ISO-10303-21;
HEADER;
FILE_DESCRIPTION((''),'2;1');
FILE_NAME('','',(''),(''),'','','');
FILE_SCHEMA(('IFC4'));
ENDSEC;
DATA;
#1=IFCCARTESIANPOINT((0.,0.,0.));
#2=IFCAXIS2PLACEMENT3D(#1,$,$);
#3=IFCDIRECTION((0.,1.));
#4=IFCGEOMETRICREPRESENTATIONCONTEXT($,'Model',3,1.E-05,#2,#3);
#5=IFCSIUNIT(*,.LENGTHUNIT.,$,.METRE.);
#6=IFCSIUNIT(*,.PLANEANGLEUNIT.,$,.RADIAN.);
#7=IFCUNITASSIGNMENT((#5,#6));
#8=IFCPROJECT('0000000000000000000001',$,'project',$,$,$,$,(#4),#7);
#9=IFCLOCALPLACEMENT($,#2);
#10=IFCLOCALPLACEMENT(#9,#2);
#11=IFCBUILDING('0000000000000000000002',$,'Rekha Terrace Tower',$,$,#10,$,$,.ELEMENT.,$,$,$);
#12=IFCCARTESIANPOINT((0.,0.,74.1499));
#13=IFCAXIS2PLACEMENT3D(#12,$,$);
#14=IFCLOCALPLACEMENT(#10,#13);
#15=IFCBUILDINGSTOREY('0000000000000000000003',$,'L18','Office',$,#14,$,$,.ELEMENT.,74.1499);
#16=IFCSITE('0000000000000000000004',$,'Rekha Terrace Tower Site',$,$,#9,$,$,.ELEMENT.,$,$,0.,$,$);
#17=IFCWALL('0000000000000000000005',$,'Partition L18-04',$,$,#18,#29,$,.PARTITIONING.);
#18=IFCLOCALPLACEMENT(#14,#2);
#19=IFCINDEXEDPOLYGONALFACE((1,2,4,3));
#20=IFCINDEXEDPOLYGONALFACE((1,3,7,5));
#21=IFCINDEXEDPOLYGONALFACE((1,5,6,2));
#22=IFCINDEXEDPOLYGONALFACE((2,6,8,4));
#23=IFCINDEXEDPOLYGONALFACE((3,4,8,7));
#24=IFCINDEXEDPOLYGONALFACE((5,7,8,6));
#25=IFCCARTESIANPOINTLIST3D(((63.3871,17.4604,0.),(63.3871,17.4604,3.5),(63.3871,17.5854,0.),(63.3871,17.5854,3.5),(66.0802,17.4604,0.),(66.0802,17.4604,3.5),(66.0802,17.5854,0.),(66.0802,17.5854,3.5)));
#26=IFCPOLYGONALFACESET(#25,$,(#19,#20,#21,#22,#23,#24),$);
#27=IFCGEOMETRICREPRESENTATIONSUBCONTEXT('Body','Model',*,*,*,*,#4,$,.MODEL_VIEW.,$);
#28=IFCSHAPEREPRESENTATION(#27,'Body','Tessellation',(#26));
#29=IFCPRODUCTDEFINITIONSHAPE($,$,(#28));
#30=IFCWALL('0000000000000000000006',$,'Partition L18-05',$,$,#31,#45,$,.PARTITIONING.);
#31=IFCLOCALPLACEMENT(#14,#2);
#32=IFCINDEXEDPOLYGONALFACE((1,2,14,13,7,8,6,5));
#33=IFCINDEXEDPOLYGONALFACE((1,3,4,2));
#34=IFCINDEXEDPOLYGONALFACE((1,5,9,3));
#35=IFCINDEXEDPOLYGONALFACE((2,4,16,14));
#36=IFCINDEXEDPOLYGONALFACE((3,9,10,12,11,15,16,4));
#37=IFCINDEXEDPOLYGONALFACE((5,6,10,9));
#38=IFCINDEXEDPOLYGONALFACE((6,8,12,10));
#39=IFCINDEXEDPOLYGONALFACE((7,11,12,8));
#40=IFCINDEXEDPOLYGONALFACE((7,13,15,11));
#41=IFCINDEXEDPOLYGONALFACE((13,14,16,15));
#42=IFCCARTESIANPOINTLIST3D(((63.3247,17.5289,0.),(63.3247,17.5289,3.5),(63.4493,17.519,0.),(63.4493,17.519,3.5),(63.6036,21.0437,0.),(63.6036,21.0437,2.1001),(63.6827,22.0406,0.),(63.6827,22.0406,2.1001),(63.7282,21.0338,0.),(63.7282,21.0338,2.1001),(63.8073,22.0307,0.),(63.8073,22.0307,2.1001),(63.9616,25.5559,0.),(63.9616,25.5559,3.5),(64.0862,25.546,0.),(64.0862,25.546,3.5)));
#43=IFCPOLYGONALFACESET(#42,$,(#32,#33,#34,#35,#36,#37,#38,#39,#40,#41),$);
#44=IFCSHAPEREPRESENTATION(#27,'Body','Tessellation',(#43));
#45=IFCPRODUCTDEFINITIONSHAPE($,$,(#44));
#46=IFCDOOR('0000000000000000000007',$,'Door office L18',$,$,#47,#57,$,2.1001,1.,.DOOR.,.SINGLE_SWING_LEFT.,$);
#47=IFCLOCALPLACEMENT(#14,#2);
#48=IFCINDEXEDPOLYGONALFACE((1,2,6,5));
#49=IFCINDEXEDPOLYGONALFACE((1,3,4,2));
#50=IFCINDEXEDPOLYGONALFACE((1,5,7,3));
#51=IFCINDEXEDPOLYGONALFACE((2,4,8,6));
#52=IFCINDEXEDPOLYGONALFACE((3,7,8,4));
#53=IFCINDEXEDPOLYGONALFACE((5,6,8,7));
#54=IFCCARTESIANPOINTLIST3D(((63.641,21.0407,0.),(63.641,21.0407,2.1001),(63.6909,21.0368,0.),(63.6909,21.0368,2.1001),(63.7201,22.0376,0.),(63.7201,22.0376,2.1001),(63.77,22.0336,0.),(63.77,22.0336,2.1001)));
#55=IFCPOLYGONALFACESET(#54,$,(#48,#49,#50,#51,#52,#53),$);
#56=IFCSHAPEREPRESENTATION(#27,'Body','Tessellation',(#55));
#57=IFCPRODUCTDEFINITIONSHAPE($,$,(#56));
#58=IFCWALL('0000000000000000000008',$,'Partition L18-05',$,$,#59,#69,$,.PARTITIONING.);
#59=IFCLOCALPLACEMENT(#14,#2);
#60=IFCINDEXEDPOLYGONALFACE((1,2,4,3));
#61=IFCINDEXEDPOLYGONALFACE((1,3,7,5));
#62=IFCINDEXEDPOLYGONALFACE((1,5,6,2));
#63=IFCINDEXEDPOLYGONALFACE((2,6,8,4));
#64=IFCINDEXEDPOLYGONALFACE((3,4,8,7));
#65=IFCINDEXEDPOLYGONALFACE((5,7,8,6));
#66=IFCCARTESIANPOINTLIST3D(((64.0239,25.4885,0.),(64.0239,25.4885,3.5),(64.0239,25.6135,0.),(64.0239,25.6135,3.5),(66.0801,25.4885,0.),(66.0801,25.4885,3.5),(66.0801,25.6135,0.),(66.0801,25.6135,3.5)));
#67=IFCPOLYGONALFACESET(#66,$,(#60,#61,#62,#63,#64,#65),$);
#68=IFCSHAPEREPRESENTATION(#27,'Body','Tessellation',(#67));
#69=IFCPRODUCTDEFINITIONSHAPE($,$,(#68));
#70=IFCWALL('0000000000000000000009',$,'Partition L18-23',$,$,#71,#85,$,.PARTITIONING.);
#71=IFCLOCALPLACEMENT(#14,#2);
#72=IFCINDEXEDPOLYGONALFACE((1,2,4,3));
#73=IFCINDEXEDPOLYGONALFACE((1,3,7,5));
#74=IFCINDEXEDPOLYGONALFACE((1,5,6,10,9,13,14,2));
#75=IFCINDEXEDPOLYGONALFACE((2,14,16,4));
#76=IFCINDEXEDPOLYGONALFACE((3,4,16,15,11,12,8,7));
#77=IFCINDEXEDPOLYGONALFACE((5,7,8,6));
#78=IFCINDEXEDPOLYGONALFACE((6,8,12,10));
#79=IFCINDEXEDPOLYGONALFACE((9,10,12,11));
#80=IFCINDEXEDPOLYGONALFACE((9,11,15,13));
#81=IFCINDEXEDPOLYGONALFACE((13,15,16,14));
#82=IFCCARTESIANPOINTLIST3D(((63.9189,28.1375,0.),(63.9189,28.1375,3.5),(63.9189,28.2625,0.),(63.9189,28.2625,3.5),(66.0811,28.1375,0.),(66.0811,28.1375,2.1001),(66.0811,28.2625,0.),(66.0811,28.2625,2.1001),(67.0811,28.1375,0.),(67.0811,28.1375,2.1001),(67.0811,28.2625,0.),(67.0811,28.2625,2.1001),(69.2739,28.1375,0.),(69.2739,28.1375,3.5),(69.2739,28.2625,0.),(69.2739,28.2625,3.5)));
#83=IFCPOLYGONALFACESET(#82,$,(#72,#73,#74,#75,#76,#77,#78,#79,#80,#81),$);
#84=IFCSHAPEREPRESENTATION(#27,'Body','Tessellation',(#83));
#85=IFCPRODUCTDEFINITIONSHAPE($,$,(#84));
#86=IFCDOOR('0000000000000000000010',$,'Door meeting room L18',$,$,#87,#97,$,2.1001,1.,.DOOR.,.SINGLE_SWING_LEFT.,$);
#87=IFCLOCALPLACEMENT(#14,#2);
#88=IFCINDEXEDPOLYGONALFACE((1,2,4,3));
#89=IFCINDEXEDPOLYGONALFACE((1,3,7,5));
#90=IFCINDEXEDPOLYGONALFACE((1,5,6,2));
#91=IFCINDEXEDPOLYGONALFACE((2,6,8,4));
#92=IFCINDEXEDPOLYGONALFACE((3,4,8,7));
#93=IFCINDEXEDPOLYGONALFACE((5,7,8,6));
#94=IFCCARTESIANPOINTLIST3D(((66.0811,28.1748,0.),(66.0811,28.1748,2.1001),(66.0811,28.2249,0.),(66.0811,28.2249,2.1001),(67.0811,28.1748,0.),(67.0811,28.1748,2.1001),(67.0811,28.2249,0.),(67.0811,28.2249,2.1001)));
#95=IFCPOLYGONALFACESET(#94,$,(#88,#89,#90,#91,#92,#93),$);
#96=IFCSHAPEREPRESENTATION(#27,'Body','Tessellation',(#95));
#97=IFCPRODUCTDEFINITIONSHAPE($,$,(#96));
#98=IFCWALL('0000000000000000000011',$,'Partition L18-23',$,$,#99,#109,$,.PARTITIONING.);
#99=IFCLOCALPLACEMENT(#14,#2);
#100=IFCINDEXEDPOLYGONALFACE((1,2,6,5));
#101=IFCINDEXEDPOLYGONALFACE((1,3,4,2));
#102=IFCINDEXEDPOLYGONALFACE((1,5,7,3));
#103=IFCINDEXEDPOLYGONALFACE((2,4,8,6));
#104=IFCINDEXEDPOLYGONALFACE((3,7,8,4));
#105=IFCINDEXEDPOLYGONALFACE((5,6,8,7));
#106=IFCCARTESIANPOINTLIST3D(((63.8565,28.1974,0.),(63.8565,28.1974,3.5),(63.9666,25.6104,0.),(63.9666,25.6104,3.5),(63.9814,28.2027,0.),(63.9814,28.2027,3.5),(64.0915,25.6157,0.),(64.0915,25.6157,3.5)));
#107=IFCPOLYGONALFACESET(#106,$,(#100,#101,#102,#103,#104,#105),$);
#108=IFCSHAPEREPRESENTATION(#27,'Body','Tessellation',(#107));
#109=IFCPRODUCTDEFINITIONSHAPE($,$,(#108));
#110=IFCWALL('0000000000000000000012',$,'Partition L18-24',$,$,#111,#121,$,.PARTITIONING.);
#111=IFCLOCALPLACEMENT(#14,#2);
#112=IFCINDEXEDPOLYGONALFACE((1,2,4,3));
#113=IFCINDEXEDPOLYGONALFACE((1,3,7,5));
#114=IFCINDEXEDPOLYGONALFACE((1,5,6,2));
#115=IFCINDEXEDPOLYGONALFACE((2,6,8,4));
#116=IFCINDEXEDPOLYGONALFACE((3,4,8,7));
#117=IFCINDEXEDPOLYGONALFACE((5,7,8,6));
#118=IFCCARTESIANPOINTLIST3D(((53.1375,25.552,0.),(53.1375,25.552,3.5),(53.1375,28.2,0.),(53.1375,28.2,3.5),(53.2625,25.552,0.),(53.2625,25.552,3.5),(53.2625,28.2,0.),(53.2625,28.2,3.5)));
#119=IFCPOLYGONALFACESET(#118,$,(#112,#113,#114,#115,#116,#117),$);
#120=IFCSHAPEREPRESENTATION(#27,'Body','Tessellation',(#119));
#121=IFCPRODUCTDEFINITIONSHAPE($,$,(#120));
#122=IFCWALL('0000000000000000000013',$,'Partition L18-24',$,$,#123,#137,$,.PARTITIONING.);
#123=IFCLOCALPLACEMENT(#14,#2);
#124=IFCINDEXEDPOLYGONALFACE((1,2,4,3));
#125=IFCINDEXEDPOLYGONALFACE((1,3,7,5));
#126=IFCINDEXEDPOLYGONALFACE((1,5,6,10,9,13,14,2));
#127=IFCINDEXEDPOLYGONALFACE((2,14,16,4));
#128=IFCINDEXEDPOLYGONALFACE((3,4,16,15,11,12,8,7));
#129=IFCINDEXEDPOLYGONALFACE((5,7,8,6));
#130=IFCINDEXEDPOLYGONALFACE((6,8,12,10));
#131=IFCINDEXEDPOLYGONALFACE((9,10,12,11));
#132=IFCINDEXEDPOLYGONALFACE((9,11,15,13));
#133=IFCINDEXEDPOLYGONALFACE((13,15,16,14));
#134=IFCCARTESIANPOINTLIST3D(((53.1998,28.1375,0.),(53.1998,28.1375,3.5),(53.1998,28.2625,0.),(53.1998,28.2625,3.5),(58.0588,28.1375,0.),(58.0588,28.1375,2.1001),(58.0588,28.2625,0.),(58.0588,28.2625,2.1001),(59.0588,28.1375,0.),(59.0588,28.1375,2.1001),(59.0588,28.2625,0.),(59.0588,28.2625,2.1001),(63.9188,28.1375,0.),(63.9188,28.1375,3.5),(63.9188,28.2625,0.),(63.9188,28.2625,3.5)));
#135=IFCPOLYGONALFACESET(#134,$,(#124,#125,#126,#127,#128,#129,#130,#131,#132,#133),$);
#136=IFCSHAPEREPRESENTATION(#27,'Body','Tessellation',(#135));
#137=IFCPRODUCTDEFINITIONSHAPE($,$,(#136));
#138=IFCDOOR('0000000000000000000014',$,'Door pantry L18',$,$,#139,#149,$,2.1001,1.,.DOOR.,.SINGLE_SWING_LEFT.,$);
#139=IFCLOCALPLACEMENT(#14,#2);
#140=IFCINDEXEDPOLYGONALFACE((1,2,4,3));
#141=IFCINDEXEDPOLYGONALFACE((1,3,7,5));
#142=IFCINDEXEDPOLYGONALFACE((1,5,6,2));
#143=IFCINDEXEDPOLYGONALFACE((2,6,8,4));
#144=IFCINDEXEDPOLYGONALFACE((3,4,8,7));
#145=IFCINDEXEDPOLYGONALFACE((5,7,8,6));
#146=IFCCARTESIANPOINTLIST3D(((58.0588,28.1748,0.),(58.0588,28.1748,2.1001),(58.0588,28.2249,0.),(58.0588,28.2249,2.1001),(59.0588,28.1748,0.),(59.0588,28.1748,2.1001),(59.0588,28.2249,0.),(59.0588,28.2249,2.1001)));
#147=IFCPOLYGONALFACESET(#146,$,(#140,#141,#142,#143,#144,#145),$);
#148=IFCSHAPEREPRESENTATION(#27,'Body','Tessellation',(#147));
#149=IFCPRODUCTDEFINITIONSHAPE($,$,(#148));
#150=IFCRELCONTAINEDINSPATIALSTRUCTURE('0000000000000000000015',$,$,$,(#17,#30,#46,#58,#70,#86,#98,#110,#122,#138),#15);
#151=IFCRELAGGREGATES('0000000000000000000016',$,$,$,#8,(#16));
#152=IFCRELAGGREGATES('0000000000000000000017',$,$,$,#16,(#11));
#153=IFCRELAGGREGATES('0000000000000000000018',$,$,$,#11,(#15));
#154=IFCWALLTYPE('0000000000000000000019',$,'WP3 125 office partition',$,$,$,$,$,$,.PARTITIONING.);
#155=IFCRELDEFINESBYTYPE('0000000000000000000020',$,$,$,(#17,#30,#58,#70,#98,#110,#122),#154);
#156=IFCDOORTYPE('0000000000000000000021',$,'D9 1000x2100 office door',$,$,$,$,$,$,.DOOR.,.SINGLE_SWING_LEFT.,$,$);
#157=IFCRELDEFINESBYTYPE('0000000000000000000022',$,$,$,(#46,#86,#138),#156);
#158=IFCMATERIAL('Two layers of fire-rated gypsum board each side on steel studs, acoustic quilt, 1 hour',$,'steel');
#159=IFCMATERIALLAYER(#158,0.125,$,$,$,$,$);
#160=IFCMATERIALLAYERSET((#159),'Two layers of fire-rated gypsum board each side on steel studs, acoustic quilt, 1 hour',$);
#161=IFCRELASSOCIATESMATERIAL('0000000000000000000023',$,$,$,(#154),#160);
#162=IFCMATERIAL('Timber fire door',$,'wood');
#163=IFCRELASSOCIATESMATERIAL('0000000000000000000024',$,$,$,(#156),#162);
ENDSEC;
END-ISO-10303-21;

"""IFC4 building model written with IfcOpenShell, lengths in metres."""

from ifc_helpers import new_model, si_unit, direction, frame, frame_2d, origin, place, context, subcontext, project, spatial, rectangle, extrude, material, layer, layer_set, type_object, element, fill, save


model = new_model("IFC4")

# Units and contexts
model_context = context("Model", 3, precision=1e-05, world=origin(), true_north=direction((0.0, 1.0)))
body_context = subcontext(model_context, "Body", "Model", "MODEL_VIEW")
ifc_project = project(units=[si_unit("LENGTHUNIT", "METRE"), si_unit("PLANEANGLEUNIT", "RADIAN")], contexts=[model_context])

# Site, building, storey
site_placement = place(None, origin())
site = spatial("IfcSite", under=ifc_project, at=site_placement, Name="Rekha Terrace Tower Site", CompositionType="ELEMENT", RefElevation=0.0)
building_placement = place(site_placement, origin())
building = spatial("IfcBuilding", under=site, at=building_placement, Name="Rekha Terrace Tower", CompositionType="ELEMENT")
storey_placement = place(building_placement, frame((0.0, 0.0, 74.1499)))
storey = spatial("IfcBuildingStorey", under=building, at=storey_placement, Name="L18", Description="Office", CompositionType="ELEMENT", Elevation=74.1499)

# Wall
ifc_material_1 = material(Name="Two layers of fire-rated gypsum board each side on steel studs, acoustic quilt, 1 hour", Category="steel")
ifc_layer_1 = layer(ifc_material_1, 0.125)
ifc_layer_set_1 = layer_set([ifc_layer_1], Name="Two layers of fire-rated gypsum board each side on steel studs, acoustic quilt, 1 hour")
wall_type_1 = type_object("IfcWallType", Name="WP3 125 office partition", PredefinedType="PARTITIONING", material=ifc_layer_set_1)
wall_1_placement = place(storey_placement, frame((63.387, 17.5229, 0.0), z_axis=(0.0, 0.0, 1.0), x_axis=(1.0, 0.0, 0.0)))
element("IfcWall", 1, at=wall_1_placement, inside=storey, type_object=wall_type_1, Name="Partition L18-04", PredefinedType="PARTITIONING", context=body_context, shape_type="SweptSolid", body=[
    extrude(rectangle(XDim=2.6931, YDim=0.125, at=frame_2d((1.3467, 0.0))), origin(), (0.0, 0.0, 1.0), 3.5),
])

# Wall, opening, door
wall_2_placement = place(storey_placement, frame((63.387, 17.5239, 0.0), z_axis=(0.0, 0.0, 1.0), x_axis=(0.079103, 0.996866, 0.0)))
wall_2 = element("IfcWall", 2, at=wall_2_placement, inside=storey, type_object=wall_type_1, Name="Partition L18-05", PredefinedType="PARTITIONING", context=body_context, shape_type="SweptSolid", body=[
    extrude(rectangle(XDim=8.0522, YDim=0.125, at=frame_2d((4.0261, 0.0))), origin(), (0.0, 0.0, 1.0), 3.5),
])
opening_1_placement = place(wall_2_placement, frame((3.5259, 0.0, 0.0)))
opening_1 = element("IfcOpeningElement", 3, at=opening_1_placement, cuts=wall_2, PredefinedType="OPENING", context=body_context, shape_type="SweptSolid", body=[
    extrude(rectangle(XDim=1.0, YDim=2.1001, at=frame_2d((0.5, 1.05))), frame((0.0, 0.0725, 0.0), z_axis=(0.0, -1.0, 0.0), x_axis=(1.0, 0.0, 0.0)), (0.0, 0.0, 1.0), 0.145),
])
ifc_material_2 = material(Name="Timber fire door", Category="wood")
door_type_1 = type_object("IfcDoorType", Name="D9 1000x2100 office door", OperationType="SINGLE_SWING_LEFT", PredefinedType="DOOR", material=ifc_material_2)
door_1_placement = place(opening_1_placement, origin())
door_1 = element("IfcDoor", 4, at=door_1_placement, inside=storey, type_object=door_type_1, Name="Door office L18", OperationType="SINGLE_SWING_LEFT", OverallHeight=2.1001, OverallWidth=1.0, PredefinedType="DOOR", context=body_context, shape_type="SweptSolid", body=[
    extrude(rectangle(XDim=1.0, YDim=2.1001, at=frame_2d((0.5, 1.05))), frame((0.0, 0.0249, 0.0), z_axis=(0.0, -1.0, 0.0), x_axis=(1.0, 0.0, 0.0)), (0.0, 0.0, 1.0), 0.05),
])
fill(opening_1, door_1)

# Wall
wall_3_placement = place(storey_placement, frame((64.0239, 25.551, 0.0), z_axis=(0.0, 0.0, 1.0), x_axis=(1.0, 0.0, 0.0)))
element("IfcWall", 5, at=wall_3_placement, inside=storey, type_object=wall_type_1, Name="Partition L18-05", PredefinedType="PARTITIONING", context=body_context, shape_type="SweptSolid", body=[
    extrude(rectangle(XDim=2.0562, YDim=0.125, at=frame_2d((1.0281, 0.0))), origin(), (0.0, 0.0, 1.0), 3.5),
])

# Wall, opening, door
wall_4_placement = place(storey_placement, frame((63.9189, 28.2, 0.0), z_axis=(0.0, 0.0, 1.0), x_axis=(1.0, 0.0, 0.0)))
wall_4 = element("IfcWall", 6, at=wall_4_placement, inside=storey, type_object=wall_type_1, Name="Partition L18-23", PredefinedType="PARTITIONING", context=body_context, shape_type="SweptSolid", body=[
    extrude(rectangle(XDim=5.355, YDim=0.125, at=frame_2d((2.6775, 0.0))), origin(), (0.0, 0.0, 1.0), 3.5),
])
opening_2_placement = place(wall_4_placement, frame((2.1621, 0.0, 0.0)))
opening_2 = element("IfcOpeningElement", 7, at=opening_2_placement, cuts=wall_4, PredefinedType="OPENING", context=body_context, shape_type="SweptSolid", body=[
    extrude(rectangle(XDim=1.0, YDim=2.1001, at=frame_2d((0.5, 1.05))), frame((0.0, 0.0725, 0.0), z_axis=(0.0, -1.0, 0.0), x_axis=(1.0, 0.0, 0.0)), (0.0, 0.0, 1.0), 0.145),
])
door_2_placement = place(opening_2_placement, origin())
door_2 = element("IfcDoor", 8, at=door_2_placement, inside=storey, type_object=door_type_1, Name="Door meeting room L18", OperationType="SINGLE_SWING_LEFT", OverallHeight=2.1001, OverallWidth=1.0, PredefinedType="DOOR", context=body_context, shape_type="SweptSolid", body=[
    extrude(rectangle(XDim=1.0, YDim=2.1001, at=frame_2d((0.5, 1.05))), frame((0.0, 0.0249, 0.0), z_axis=(0.0, -1.0, 0.0), x_axis=(1.0, 0.0, 0.0)), (0.0, 0.0, 1.0), 0.05),
])
fill(opening_2, door_2)

# Walls
wall_5_placement = place(storey_placement, frame((64.0291, 25.613, 0.0), z_axis=(0.0, 0.0, 1.0), x_axis=(-0.042525, 0.999095, 0.0)))
element("IfcWall", 9, at=wall_5_placement, inside=storey, type_object=wall_type_1, Name="Partition L18-23", PredefinedType="PARTITIONING", context=body_context, shape_type="SweptSolid", body=[
    extrude(rectangle(XDim=2.5894, YDim=0.125, at=frame_2d((1.2947, 0.0))), origin(), (0.0, 0.0, 1.0), 3.5),
])
wall_6_placement = place(storey_placement, frame((53.2, 25.552, 0.0), z_axis=(0.0, 0.0, 1.0), x_axis=(0.0, 1.0, 0.0)))
element("IfcWall", 10, at=wall_6_placement, inside=storey, type_object=wall_type_1, Name="Partition L18-24", PredefinedType="PARTITIONING", context=body_context, shape_type="SweptSolid", body=[
    extrude(rectangle(XDim=2.6479, YDim=0.125, at=frame_2d((1.324, 0.0))), origin(), (0.0, 0.0, 1.0), 3.5),
])

# Wall, opening, door
wall_7_placement = place(storey_placement, frame((53.2, 28.2, 0.0), z_axis=(0.0, 0.0, 1.0), x_axis=(1.0, 0.0, 0.0)))
wall_7 = element("IfcWall", 11, at=wall_7_placement, inside=storey, type_object=wall_type_1, Name="Partition L18-24", PredefinedType="PARTITIONING", context=body_context, shape_type="SweptSolid", body=[
    extrude(rectangle(XDim=10.719, YDim=0.125, at=frame_2d((5.3594, 0.0))), origin(), (0.0, 0.0, 1.0), 3.5),
])
opening_3_placement = place(wall_7_placement, frame((4.8589, 0.0, 0.0)))
opening_3 = element("IfcOpeningElement", 12, at=opening_3_placement, cuts=wall_7, PredefinedType="OPENING", context=body_context, shape_type="SweptSolid", body=[
    extrude(rectangle(XDim=1.0, YDim=2.1001, at=frame_2d((0.5, 1.05))), frame((0.0, 0.0725, 0.0), z_axis=(0.0, -1.0, 0.0), x_axis=(1.0, 0.0, 0.0)), (0.0, 0.0, 1.0), 0.145),
])
door_3_placement = place(opening_3_placement, origin())
door_3 = element("IfcDoor", 13, at=door_3_placement, inside=storey, type_object=door_type_1, Name="Door pantry L18", OperationType="SINGLE_SWING_LEFT", OverallHeight=2.1001, OverallWidth=1.0, PredefinedType="DOOR", context=body_context, shape_type="SweptSolid", body=[
    extrude(rectangle(XDim=1.0, YDim=2.1001, at=frame_2d((0.5, 1.05))), frame((0.0, 0.0249, 0.0), z_axis=(0.0, -1.0, 0.0), x_axis=(1.0, 0.0, 0.0)), (0.0, 0.0, 1.0), 0.05),
])
fill(opening_3, door_3)

save(model, "model.ifc")
